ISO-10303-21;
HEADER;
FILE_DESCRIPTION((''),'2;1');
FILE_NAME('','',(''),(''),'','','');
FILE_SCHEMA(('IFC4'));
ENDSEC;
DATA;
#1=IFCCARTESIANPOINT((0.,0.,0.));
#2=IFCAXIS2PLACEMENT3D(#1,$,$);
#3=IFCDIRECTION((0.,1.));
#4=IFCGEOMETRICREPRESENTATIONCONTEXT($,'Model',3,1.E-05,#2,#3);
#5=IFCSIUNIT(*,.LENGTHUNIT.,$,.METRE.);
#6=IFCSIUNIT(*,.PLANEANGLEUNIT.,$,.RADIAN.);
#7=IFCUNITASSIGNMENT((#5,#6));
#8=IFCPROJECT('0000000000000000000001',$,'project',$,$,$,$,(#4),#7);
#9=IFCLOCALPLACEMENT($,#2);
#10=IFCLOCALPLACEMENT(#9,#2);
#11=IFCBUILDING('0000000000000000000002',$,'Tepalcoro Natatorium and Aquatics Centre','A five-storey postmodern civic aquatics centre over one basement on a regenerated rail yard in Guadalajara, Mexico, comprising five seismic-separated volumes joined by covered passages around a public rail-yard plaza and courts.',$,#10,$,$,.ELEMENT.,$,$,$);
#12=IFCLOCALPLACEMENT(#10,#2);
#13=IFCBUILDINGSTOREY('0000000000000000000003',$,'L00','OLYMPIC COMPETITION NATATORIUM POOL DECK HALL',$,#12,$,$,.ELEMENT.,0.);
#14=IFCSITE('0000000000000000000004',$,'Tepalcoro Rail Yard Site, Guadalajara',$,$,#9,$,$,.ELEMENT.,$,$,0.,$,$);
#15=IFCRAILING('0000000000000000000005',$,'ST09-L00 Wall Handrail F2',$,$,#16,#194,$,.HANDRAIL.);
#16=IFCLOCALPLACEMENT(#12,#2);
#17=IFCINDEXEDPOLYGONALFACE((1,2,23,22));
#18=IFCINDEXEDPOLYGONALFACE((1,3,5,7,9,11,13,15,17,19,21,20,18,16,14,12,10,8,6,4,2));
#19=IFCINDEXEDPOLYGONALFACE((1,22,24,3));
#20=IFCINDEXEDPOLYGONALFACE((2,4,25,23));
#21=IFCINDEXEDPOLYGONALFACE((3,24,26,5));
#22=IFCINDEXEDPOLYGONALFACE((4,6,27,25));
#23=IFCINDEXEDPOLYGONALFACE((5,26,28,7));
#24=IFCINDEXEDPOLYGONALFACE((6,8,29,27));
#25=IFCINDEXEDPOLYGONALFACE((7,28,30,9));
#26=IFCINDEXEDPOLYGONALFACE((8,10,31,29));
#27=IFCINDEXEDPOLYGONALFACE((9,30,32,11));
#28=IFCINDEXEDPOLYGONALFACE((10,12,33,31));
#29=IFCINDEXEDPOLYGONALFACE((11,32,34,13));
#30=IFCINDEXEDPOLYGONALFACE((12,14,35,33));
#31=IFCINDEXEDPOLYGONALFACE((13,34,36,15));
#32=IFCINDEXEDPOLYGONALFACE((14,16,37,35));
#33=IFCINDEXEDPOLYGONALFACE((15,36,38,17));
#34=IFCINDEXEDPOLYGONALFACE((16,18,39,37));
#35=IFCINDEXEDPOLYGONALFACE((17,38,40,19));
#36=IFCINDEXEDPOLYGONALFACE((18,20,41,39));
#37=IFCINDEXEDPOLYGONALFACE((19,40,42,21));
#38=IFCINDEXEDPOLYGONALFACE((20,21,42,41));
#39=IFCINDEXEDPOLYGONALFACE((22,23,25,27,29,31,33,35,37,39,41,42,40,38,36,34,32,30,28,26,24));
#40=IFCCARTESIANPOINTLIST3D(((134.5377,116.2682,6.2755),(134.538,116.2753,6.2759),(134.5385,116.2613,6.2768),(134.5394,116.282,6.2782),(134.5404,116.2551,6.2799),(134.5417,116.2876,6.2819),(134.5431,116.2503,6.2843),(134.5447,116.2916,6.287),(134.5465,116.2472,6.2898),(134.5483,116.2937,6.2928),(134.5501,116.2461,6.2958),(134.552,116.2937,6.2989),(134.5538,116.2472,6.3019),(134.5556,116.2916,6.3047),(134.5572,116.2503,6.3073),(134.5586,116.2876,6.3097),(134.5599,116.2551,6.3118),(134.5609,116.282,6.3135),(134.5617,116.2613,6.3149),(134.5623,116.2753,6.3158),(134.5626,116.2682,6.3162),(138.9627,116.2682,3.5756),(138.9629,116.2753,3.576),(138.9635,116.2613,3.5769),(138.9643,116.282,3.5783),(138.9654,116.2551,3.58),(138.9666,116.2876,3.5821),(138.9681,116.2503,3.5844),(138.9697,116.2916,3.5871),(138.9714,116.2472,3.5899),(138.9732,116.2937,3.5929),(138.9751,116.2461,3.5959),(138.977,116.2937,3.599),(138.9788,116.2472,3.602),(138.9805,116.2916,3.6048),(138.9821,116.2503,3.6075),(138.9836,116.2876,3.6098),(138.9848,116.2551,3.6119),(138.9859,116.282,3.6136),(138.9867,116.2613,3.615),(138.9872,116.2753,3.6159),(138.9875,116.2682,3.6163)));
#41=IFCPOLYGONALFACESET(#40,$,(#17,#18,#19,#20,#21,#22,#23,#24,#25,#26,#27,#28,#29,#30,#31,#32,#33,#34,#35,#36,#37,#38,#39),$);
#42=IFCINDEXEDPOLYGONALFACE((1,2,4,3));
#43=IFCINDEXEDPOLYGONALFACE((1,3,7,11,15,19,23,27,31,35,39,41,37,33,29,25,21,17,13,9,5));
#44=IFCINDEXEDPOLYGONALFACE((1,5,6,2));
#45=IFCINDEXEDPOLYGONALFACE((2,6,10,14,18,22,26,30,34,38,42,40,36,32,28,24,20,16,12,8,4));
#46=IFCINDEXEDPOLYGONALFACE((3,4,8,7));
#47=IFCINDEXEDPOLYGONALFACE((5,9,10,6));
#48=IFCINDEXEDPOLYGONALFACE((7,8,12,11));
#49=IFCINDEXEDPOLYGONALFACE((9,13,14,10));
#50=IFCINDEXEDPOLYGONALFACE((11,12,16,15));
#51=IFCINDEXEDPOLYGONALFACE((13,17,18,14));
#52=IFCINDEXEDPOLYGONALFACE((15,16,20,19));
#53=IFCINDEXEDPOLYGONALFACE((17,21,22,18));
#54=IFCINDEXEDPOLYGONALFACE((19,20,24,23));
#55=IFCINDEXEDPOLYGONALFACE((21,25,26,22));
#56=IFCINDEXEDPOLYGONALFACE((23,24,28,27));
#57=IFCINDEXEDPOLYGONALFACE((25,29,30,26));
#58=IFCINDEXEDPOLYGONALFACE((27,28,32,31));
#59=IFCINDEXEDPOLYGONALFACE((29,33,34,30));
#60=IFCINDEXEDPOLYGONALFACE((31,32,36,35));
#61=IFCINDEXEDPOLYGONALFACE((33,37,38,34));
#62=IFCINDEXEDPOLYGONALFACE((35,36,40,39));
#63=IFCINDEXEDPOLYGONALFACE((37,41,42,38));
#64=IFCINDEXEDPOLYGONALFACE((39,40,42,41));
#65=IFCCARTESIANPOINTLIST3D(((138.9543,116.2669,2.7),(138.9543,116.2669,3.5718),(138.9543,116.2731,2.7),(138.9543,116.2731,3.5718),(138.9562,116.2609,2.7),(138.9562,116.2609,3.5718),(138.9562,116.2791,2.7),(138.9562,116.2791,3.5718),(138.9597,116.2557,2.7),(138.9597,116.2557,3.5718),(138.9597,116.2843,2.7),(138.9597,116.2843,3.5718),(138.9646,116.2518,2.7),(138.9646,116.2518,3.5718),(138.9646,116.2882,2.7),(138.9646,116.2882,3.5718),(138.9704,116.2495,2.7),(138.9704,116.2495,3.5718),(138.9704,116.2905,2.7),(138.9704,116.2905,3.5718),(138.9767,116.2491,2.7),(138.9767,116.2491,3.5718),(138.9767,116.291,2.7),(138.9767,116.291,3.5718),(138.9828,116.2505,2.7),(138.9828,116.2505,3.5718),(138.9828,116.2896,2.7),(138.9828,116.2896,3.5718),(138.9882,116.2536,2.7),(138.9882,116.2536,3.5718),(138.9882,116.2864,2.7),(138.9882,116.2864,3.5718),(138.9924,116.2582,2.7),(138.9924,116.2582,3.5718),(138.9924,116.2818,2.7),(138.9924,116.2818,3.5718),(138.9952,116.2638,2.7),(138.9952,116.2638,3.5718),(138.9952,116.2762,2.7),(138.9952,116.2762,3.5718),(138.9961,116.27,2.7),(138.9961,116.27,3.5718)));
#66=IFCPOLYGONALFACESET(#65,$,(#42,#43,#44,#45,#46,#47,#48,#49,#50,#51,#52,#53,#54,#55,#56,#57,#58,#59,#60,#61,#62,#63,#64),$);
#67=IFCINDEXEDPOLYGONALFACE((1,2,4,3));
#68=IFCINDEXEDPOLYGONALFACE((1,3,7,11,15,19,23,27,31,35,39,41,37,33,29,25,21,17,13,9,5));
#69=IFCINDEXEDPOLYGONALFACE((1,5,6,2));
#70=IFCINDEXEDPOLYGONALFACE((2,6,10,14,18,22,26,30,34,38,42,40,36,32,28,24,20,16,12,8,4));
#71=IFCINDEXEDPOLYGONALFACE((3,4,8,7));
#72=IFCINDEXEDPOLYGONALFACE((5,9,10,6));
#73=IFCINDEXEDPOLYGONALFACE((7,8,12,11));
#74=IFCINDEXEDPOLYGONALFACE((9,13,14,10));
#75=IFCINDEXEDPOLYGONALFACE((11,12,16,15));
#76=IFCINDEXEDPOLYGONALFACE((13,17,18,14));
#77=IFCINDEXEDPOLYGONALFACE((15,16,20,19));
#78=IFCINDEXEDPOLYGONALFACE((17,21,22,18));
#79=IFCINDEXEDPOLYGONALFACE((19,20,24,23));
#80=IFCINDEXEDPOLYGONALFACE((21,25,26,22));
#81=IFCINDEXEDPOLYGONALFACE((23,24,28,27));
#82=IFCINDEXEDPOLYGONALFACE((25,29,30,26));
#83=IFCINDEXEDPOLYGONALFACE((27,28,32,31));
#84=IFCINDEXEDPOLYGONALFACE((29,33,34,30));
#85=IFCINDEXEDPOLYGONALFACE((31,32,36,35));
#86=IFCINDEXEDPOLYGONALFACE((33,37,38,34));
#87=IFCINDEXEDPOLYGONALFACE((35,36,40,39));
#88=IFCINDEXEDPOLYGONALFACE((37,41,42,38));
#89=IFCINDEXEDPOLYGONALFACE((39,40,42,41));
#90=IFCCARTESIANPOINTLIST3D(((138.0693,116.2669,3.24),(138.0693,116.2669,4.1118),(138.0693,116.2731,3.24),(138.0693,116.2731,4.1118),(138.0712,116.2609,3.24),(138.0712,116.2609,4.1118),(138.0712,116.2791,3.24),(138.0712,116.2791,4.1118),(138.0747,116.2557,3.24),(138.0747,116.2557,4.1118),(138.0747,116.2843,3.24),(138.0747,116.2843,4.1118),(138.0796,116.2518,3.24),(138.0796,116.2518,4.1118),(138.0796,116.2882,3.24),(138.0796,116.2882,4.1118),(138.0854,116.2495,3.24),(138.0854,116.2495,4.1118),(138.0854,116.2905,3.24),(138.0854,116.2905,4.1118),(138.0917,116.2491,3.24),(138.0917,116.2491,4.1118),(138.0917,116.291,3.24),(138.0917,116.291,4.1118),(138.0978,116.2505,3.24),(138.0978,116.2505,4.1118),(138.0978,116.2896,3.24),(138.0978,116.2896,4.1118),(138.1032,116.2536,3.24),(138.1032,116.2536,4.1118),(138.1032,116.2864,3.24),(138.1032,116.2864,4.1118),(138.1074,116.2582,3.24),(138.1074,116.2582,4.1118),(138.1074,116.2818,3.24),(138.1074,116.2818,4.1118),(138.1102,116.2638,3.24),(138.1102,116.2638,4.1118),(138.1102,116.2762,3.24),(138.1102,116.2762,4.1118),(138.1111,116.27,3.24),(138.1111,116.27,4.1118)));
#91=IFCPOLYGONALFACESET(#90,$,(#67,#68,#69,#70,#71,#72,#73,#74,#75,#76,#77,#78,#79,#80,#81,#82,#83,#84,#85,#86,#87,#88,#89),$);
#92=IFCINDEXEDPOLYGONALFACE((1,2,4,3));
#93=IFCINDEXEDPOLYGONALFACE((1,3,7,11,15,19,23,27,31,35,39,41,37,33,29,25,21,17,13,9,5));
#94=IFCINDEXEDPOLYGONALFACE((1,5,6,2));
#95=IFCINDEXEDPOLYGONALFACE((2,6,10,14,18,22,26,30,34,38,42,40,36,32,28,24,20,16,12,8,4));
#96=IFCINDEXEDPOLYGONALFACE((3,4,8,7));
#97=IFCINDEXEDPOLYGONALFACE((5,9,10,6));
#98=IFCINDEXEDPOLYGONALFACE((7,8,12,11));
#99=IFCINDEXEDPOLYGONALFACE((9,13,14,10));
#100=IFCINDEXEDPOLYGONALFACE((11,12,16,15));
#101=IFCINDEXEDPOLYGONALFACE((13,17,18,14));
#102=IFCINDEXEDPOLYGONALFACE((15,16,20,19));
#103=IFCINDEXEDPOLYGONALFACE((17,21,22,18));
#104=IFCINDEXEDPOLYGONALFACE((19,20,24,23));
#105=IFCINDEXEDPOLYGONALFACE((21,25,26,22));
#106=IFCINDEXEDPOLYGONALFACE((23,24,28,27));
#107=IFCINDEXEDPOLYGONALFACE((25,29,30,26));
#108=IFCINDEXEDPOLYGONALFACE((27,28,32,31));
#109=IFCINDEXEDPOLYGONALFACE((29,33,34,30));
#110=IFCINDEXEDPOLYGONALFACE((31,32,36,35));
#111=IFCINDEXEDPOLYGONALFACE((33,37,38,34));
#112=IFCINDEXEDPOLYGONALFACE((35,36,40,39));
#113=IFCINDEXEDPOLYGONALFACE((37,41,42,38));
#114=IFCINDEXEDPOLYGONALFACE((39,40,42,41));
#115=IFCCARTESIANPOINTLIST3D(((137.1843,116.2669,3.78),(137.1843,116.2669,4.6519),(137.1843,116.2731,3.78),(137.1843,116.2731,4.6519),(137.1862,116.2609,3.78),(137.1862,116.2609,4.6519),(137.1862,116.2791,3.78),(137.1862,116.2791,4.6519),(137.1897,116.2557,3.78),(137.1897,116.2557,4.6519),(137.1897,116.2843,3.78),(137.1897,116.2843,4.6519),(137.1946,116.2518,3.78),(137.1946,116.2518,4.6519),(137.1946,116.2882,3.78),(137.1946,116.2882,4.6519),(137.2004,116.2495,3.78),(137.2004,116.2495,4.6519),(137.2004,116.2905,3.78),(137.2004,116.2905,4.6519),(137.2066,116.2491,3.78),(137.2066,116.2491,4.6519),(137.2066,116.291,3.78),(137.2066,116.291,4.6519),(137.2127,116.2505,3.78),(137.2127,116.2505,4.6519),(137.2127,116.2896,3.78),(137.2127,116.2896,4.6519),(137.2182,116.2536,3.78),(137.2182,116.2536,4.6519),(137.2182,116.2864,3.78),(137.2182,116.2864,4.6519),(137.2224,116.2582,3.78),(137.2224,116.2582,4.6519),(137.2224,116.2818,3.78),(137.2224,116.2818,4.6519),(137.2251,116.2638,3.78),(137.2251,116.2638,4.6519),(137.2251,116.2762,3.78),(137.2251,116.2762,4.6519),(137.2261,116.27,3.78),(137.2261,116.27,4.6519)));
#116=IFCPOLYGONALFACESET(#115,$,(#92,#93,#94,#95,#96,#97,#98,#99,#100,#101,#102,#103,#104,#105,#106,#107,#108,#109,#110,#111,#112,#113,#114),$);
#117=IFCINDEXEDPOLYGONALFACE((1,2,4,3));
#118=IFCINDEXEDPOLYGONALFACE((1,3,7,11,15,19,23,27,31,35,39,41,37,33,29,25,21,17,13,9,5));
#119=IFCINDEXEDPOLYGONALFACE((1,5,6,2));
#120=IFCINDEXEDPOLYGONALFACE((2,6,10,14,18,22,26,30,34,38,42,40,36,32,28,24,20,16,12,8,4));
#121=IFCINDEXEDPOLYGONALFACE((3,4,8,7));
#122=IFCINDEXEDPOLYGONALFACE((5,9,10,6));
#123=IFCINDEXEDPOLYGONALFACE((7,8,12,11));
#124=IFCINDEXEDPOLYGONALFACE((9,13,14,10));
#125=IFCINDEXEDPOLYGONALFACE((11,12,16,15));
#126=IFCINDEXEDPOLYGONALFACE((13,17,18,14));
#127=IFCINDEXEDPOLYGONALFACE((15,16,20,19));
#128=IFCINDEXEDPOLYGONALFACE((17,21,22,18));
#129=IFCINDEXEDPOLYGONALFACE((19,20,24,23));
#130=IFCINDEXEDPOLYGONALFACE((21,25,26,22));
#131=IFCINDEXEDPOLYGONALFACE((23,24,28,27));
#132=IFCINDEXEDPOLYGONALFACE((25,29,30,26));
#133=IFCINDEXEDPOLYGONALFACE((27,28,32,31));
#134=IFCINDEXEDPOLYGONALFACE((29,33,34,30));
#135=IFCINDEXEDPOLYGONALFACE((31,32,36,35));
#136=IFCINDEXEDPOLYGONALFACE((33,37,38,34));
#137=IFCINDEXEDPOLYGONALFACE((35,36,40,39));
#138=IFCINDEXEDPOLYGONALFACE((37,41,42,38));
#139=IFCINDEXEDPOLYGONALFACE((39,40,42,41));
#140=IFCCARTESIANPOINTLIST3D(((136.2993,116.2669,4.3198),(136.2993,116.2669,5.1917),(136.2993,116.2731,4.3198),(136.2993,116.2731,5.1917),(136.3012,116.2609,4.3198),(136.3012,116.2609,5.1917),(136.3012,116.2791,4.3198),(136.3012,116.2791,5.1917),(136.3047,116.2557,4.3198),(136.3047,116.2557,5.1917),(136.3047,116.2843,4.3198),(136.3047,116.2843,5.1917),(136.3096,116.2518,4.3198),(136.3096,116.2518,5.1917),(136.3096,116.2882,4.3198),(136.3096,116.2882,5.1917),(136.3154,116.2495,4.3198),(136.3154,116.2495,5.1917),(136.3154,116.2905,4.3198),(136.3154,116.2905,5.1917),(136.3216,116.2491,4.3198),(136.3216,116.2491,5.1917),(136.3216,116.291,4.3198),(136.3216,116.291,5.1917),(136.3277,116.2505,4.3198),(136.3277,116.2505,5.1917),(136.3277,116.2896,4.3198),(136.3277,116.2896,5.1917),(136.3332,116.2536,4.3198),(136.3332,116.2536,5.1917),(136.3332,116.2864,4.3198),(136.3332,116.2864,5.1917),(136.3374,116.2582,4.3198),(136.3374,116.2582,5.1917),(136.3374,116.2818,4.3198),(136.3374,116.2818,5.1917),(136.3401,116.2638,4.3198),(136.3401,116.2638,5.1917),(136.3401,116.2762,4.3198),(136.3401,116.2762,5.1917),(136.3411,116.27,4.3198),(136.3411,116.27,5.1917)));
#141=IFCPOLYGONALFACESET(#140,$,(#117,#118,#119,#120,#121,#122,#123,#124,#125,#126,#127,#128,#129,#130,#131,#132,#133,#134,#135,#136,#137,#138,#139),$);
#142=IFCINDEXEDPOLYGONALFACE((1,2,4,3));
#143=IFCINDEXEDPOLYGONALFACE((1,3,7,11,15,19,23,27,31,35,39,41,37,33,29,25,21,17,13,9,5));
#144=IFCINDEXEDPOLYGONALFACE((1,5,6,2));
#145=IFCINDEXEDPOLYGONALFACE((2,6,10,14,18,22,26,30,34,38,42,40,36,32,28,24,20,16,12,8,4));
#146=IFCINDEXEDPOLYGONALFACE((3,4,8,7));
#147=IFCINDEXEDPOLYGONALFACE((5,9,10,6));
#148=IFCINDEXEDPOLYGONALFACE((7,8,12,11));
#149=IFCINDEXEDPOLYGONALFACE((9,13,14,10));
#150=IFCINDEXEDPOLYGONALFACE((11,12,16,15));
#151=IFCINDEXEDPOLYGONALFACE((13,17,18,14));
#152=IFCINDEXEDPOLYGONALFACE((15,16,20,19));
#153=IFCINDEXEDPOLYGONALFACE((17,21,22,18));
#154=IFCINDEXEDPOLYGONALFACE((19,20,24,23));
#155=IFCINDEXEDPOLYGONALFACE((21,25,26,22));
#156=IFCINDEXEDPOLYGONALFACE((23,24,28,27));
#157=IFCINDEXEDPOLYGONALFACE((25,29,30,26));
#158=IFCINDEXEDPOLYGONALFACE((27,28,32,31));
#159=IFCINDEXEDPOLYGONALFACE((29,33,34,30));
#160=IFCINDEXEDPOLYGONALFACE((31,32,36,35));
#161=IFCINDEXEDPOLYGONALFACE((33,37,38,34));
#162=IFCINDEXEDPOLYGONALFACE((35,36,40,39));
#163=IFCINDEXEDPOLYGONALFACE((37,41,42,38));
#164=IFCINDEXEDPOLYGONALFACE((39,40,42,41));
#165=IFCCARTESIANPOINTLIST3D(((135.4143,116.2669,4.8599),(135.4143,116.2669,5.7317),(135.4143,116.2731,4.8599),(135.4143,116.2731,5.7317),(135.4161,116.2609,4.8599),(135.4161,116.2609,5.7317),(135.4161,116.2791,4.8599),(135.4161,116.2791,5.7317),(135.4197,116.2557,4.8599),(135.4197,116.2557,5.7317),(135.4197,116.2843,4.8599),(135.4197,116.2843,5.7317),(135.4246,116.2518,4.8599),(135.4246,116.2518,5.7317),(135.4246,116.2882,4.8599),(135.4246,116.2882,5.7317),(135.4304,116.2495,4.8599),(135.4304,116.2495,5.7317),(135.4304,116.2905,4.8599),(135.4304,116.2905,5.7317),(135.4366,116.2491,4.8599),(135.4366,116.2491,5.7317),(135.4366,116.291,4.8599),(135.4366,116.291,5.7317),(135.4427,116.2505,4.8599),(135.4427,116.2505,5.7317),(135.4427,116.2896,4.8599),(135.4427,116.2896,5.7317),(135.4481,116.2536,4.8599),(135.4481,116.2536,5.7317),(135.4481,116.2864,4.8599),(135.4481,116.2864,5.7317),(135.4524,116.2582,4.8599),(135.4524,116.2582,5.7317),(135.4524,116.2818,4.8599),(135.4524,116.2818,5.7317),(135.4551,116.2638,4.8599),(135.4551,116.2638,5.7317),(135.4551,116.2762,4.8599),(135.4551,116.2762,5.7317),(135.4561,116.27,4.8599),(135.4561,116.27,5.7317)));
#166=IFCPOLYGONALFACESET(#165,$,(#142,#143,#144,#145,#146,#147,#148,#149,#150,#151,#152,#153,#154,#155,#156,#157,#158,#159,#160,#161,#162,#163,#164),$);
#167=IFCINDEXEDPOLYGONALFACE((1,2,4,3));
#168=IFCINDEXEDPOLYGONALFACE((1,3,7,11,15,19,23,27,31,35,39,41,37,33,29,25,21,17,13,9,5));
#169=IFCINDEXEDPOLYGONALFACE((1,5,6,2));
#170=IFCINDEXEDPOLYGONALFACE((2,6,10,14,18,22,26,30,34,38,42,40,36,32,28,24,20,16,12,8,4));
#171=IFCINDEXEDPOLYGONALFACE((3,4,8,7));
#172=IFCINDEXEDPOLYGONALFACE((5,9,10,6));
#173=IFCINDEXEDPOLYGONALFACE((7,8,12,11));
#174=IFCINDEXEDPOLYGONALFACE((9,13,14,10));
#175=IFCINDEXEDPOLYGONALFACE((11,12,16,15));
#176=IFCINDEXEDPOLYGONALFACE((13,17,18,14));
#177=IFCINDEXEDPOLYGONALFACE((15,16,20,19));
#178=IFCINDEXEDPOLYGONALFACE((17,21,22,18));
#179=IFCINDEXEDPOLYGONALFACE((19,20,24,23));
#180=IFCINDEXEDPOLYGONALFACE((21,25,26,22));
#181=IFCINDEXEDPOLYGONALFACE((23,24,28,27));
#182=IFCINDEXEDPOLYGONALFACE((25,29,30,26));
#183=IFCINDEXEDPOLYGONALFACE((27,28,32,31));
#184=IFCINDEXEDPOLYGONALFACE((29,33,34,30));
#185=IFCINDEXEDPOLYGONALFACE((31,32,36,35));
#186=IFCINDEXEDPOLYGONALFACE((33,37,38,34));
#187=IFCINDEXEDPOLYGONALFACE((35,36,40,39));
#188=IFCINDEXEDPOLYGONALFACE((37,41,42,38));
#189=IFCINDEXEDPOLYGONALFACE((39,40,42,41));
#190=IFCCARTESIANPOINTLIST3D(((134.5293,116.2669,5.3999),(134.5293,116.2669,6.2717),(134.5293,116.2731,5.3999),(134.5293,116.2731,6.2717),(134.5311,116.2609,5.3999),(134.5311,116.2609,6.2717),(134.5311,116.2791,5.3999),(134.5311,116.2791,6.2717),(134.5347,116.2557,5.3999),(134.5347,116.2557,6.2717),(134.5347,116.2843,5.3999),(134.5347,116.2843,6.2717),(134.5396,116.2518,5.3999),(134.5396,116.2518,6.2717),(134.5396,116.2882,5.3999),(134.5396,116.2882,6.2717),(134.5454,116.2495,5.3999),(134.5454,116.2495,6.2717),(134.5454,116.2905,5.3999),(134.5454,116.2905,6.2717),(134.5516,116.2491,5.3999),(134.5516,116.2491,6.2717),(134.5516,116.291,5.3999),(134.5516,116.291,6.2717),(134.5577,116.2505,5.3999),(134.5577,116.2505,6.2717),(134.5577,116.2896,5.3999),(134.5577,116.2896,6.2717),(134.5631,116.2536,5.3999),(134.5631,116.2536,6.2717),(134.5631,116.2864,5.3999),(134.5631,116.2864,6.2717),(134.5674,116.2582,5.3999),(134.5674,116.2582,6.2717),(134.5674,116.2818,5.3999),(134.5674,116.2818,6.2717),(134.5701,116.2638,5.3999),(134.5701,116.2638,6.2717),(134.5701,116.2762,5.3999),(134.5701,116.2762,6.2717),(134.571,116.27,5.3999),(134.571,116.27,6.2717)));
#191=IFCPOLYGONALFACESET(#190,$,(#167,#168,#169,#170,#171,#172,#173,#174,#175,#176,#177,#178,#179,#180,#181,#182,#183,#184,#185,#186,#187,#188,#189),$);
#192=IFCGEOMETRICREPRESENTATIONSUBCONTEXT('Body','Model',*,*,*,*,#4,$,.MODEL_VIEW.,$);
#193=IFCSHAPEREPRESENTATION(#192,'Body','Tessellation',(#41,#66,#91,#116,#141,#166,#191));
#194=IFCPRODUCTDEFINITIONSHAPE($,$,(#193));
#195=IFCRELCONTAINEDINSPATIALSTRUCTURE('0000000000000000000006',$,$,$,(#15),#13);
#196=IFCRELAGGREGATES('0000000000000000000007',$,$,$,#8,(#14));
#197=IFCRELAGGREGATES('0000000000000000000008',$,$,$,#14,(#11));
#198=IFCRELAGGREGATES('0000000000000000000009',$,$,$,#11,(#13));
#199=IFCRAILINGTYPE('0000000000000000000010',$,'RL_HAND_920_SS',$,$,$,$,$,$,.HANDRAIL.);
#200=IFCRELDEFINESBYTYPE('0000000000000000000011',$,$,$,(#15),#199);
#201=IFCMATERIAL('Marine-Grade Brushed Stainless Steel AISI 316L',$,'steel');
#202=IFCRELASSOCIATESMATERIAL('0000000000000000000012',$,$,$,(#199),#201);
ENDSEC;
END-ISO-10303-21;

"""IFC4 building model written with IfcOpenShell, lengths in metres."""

from ifc_helpers import new_model, si_unit, direction, frame, origin, origin_2d, place, context, subcontext, project, spatial, circle, extrude, material, type_object, element, save


model = new_model("IFC4")

# Units and contexts
model_context = context("Model", 3, precision=1e-05, world=origin(), true_north=direction((0.0, 1.0)))
body_context = subcontext(model_context, "Body", "Model", "MODEL_VIEW")
ifc_project = project(units=[si_unit("LENGTHUNIT", "METRE"), si_unit("PLANEANGLEUNIT", "RADIAN")], contexts=[model_context])

# Site, building, storey
site_placement = place(None, origin())
site = spatial("IfcSite", under=ifc_project, at=site_placement, Name="Tepalcoro Rail Yard Site, Guadalajara", CompositionType="ELEMENT", RefElevation=0.0)
building_placement = place(site_placement, origin())
building = spatial("IfcBuilding", under=site, at=building_placement, Name="Tepalcoro Natatorium and Aquatics Centre", Description="A five-storey postmodern civic aquatics centre over one basement on a regenerated rail yard in Guadalajara, Mexico, comprising five seismic-separated volumes joined by covered passages around a public rail-yard plaza and courts.", CompositionType="ELEMENT")
storey_placement = place(building_placement, origin())
storey = spatial("IfcBuildingStorey", under=building, at=storey_placement, Name="L00", Description="OLYMPIC COMPETITION NATATORIUM POOL DECK HALL", CompositionType="ELEMENT", Elevation=0.0)

# Railing
ifc_material_1 = material(Name="Marine-Grade Brushed Stainless Steel AISI 316L", Category="steel")
railing_type_1 = type_object("IfcRailingType", Name="RL_HAND_920_SS", PredefinedType="HANDRAIL", material=ifc_material_1)
railing_1_placement = place(storey_placement, frame((138.9751, 116.27, 2.7)))
element("IfcRailing", 1, at=railing_1_placement, inside=storey, type_object=railing_type_1, Name="ST09-L00 Wall Handrail F2", PredefinedType="HANDRAIL", context=body_context, shape_type="SweptSolid", body=[
    extrude(circle(Radius=0.0239, at=origin_2d()), frame((0.0, 0.0, 0.896), z_axis=(-0.853646, 0.0, 0.520854), x_axis=(0.0, -1.0, 0.0)), (0.0, 0.0, 1.0), 5.1836),
    extrude(circle(Radius=0.021, at=origin_2d()), origin(), (0.0, 0.0, 1.0), 0.8718),
    extrude(circle(Radius=0.021, at=origin_2d()), frame((-0.885, 0.0, 0.54)), (0.0, 0.0, 1.0), 0.8718),
    extrude(circle(Radius=0.021, at=origin_2d()), frame((-1.77, 0.0, 1.0801)), (0.0, 0.0, 1.0), 0.8718),
    extrude(circle(Radius=0.021, at=origin_2d()), frame((-2.655, 0.0, 1.6199)), (0.0, 0.0, 1.0), 0.8718),
    extrude(circle(Radius=0.021, at=origin_2d()), frame((-3.54, 0.0, 2.1599)), (0.0, 0.0, 1.0), 0.8718),
    extrude(circle(Radius=0.021, at=origin_2d()), frame((-4.425, 0.0, 2.7)), (0.0, 0.0, 1.0), 0.8718),
])

save(model, "model.ifc")
